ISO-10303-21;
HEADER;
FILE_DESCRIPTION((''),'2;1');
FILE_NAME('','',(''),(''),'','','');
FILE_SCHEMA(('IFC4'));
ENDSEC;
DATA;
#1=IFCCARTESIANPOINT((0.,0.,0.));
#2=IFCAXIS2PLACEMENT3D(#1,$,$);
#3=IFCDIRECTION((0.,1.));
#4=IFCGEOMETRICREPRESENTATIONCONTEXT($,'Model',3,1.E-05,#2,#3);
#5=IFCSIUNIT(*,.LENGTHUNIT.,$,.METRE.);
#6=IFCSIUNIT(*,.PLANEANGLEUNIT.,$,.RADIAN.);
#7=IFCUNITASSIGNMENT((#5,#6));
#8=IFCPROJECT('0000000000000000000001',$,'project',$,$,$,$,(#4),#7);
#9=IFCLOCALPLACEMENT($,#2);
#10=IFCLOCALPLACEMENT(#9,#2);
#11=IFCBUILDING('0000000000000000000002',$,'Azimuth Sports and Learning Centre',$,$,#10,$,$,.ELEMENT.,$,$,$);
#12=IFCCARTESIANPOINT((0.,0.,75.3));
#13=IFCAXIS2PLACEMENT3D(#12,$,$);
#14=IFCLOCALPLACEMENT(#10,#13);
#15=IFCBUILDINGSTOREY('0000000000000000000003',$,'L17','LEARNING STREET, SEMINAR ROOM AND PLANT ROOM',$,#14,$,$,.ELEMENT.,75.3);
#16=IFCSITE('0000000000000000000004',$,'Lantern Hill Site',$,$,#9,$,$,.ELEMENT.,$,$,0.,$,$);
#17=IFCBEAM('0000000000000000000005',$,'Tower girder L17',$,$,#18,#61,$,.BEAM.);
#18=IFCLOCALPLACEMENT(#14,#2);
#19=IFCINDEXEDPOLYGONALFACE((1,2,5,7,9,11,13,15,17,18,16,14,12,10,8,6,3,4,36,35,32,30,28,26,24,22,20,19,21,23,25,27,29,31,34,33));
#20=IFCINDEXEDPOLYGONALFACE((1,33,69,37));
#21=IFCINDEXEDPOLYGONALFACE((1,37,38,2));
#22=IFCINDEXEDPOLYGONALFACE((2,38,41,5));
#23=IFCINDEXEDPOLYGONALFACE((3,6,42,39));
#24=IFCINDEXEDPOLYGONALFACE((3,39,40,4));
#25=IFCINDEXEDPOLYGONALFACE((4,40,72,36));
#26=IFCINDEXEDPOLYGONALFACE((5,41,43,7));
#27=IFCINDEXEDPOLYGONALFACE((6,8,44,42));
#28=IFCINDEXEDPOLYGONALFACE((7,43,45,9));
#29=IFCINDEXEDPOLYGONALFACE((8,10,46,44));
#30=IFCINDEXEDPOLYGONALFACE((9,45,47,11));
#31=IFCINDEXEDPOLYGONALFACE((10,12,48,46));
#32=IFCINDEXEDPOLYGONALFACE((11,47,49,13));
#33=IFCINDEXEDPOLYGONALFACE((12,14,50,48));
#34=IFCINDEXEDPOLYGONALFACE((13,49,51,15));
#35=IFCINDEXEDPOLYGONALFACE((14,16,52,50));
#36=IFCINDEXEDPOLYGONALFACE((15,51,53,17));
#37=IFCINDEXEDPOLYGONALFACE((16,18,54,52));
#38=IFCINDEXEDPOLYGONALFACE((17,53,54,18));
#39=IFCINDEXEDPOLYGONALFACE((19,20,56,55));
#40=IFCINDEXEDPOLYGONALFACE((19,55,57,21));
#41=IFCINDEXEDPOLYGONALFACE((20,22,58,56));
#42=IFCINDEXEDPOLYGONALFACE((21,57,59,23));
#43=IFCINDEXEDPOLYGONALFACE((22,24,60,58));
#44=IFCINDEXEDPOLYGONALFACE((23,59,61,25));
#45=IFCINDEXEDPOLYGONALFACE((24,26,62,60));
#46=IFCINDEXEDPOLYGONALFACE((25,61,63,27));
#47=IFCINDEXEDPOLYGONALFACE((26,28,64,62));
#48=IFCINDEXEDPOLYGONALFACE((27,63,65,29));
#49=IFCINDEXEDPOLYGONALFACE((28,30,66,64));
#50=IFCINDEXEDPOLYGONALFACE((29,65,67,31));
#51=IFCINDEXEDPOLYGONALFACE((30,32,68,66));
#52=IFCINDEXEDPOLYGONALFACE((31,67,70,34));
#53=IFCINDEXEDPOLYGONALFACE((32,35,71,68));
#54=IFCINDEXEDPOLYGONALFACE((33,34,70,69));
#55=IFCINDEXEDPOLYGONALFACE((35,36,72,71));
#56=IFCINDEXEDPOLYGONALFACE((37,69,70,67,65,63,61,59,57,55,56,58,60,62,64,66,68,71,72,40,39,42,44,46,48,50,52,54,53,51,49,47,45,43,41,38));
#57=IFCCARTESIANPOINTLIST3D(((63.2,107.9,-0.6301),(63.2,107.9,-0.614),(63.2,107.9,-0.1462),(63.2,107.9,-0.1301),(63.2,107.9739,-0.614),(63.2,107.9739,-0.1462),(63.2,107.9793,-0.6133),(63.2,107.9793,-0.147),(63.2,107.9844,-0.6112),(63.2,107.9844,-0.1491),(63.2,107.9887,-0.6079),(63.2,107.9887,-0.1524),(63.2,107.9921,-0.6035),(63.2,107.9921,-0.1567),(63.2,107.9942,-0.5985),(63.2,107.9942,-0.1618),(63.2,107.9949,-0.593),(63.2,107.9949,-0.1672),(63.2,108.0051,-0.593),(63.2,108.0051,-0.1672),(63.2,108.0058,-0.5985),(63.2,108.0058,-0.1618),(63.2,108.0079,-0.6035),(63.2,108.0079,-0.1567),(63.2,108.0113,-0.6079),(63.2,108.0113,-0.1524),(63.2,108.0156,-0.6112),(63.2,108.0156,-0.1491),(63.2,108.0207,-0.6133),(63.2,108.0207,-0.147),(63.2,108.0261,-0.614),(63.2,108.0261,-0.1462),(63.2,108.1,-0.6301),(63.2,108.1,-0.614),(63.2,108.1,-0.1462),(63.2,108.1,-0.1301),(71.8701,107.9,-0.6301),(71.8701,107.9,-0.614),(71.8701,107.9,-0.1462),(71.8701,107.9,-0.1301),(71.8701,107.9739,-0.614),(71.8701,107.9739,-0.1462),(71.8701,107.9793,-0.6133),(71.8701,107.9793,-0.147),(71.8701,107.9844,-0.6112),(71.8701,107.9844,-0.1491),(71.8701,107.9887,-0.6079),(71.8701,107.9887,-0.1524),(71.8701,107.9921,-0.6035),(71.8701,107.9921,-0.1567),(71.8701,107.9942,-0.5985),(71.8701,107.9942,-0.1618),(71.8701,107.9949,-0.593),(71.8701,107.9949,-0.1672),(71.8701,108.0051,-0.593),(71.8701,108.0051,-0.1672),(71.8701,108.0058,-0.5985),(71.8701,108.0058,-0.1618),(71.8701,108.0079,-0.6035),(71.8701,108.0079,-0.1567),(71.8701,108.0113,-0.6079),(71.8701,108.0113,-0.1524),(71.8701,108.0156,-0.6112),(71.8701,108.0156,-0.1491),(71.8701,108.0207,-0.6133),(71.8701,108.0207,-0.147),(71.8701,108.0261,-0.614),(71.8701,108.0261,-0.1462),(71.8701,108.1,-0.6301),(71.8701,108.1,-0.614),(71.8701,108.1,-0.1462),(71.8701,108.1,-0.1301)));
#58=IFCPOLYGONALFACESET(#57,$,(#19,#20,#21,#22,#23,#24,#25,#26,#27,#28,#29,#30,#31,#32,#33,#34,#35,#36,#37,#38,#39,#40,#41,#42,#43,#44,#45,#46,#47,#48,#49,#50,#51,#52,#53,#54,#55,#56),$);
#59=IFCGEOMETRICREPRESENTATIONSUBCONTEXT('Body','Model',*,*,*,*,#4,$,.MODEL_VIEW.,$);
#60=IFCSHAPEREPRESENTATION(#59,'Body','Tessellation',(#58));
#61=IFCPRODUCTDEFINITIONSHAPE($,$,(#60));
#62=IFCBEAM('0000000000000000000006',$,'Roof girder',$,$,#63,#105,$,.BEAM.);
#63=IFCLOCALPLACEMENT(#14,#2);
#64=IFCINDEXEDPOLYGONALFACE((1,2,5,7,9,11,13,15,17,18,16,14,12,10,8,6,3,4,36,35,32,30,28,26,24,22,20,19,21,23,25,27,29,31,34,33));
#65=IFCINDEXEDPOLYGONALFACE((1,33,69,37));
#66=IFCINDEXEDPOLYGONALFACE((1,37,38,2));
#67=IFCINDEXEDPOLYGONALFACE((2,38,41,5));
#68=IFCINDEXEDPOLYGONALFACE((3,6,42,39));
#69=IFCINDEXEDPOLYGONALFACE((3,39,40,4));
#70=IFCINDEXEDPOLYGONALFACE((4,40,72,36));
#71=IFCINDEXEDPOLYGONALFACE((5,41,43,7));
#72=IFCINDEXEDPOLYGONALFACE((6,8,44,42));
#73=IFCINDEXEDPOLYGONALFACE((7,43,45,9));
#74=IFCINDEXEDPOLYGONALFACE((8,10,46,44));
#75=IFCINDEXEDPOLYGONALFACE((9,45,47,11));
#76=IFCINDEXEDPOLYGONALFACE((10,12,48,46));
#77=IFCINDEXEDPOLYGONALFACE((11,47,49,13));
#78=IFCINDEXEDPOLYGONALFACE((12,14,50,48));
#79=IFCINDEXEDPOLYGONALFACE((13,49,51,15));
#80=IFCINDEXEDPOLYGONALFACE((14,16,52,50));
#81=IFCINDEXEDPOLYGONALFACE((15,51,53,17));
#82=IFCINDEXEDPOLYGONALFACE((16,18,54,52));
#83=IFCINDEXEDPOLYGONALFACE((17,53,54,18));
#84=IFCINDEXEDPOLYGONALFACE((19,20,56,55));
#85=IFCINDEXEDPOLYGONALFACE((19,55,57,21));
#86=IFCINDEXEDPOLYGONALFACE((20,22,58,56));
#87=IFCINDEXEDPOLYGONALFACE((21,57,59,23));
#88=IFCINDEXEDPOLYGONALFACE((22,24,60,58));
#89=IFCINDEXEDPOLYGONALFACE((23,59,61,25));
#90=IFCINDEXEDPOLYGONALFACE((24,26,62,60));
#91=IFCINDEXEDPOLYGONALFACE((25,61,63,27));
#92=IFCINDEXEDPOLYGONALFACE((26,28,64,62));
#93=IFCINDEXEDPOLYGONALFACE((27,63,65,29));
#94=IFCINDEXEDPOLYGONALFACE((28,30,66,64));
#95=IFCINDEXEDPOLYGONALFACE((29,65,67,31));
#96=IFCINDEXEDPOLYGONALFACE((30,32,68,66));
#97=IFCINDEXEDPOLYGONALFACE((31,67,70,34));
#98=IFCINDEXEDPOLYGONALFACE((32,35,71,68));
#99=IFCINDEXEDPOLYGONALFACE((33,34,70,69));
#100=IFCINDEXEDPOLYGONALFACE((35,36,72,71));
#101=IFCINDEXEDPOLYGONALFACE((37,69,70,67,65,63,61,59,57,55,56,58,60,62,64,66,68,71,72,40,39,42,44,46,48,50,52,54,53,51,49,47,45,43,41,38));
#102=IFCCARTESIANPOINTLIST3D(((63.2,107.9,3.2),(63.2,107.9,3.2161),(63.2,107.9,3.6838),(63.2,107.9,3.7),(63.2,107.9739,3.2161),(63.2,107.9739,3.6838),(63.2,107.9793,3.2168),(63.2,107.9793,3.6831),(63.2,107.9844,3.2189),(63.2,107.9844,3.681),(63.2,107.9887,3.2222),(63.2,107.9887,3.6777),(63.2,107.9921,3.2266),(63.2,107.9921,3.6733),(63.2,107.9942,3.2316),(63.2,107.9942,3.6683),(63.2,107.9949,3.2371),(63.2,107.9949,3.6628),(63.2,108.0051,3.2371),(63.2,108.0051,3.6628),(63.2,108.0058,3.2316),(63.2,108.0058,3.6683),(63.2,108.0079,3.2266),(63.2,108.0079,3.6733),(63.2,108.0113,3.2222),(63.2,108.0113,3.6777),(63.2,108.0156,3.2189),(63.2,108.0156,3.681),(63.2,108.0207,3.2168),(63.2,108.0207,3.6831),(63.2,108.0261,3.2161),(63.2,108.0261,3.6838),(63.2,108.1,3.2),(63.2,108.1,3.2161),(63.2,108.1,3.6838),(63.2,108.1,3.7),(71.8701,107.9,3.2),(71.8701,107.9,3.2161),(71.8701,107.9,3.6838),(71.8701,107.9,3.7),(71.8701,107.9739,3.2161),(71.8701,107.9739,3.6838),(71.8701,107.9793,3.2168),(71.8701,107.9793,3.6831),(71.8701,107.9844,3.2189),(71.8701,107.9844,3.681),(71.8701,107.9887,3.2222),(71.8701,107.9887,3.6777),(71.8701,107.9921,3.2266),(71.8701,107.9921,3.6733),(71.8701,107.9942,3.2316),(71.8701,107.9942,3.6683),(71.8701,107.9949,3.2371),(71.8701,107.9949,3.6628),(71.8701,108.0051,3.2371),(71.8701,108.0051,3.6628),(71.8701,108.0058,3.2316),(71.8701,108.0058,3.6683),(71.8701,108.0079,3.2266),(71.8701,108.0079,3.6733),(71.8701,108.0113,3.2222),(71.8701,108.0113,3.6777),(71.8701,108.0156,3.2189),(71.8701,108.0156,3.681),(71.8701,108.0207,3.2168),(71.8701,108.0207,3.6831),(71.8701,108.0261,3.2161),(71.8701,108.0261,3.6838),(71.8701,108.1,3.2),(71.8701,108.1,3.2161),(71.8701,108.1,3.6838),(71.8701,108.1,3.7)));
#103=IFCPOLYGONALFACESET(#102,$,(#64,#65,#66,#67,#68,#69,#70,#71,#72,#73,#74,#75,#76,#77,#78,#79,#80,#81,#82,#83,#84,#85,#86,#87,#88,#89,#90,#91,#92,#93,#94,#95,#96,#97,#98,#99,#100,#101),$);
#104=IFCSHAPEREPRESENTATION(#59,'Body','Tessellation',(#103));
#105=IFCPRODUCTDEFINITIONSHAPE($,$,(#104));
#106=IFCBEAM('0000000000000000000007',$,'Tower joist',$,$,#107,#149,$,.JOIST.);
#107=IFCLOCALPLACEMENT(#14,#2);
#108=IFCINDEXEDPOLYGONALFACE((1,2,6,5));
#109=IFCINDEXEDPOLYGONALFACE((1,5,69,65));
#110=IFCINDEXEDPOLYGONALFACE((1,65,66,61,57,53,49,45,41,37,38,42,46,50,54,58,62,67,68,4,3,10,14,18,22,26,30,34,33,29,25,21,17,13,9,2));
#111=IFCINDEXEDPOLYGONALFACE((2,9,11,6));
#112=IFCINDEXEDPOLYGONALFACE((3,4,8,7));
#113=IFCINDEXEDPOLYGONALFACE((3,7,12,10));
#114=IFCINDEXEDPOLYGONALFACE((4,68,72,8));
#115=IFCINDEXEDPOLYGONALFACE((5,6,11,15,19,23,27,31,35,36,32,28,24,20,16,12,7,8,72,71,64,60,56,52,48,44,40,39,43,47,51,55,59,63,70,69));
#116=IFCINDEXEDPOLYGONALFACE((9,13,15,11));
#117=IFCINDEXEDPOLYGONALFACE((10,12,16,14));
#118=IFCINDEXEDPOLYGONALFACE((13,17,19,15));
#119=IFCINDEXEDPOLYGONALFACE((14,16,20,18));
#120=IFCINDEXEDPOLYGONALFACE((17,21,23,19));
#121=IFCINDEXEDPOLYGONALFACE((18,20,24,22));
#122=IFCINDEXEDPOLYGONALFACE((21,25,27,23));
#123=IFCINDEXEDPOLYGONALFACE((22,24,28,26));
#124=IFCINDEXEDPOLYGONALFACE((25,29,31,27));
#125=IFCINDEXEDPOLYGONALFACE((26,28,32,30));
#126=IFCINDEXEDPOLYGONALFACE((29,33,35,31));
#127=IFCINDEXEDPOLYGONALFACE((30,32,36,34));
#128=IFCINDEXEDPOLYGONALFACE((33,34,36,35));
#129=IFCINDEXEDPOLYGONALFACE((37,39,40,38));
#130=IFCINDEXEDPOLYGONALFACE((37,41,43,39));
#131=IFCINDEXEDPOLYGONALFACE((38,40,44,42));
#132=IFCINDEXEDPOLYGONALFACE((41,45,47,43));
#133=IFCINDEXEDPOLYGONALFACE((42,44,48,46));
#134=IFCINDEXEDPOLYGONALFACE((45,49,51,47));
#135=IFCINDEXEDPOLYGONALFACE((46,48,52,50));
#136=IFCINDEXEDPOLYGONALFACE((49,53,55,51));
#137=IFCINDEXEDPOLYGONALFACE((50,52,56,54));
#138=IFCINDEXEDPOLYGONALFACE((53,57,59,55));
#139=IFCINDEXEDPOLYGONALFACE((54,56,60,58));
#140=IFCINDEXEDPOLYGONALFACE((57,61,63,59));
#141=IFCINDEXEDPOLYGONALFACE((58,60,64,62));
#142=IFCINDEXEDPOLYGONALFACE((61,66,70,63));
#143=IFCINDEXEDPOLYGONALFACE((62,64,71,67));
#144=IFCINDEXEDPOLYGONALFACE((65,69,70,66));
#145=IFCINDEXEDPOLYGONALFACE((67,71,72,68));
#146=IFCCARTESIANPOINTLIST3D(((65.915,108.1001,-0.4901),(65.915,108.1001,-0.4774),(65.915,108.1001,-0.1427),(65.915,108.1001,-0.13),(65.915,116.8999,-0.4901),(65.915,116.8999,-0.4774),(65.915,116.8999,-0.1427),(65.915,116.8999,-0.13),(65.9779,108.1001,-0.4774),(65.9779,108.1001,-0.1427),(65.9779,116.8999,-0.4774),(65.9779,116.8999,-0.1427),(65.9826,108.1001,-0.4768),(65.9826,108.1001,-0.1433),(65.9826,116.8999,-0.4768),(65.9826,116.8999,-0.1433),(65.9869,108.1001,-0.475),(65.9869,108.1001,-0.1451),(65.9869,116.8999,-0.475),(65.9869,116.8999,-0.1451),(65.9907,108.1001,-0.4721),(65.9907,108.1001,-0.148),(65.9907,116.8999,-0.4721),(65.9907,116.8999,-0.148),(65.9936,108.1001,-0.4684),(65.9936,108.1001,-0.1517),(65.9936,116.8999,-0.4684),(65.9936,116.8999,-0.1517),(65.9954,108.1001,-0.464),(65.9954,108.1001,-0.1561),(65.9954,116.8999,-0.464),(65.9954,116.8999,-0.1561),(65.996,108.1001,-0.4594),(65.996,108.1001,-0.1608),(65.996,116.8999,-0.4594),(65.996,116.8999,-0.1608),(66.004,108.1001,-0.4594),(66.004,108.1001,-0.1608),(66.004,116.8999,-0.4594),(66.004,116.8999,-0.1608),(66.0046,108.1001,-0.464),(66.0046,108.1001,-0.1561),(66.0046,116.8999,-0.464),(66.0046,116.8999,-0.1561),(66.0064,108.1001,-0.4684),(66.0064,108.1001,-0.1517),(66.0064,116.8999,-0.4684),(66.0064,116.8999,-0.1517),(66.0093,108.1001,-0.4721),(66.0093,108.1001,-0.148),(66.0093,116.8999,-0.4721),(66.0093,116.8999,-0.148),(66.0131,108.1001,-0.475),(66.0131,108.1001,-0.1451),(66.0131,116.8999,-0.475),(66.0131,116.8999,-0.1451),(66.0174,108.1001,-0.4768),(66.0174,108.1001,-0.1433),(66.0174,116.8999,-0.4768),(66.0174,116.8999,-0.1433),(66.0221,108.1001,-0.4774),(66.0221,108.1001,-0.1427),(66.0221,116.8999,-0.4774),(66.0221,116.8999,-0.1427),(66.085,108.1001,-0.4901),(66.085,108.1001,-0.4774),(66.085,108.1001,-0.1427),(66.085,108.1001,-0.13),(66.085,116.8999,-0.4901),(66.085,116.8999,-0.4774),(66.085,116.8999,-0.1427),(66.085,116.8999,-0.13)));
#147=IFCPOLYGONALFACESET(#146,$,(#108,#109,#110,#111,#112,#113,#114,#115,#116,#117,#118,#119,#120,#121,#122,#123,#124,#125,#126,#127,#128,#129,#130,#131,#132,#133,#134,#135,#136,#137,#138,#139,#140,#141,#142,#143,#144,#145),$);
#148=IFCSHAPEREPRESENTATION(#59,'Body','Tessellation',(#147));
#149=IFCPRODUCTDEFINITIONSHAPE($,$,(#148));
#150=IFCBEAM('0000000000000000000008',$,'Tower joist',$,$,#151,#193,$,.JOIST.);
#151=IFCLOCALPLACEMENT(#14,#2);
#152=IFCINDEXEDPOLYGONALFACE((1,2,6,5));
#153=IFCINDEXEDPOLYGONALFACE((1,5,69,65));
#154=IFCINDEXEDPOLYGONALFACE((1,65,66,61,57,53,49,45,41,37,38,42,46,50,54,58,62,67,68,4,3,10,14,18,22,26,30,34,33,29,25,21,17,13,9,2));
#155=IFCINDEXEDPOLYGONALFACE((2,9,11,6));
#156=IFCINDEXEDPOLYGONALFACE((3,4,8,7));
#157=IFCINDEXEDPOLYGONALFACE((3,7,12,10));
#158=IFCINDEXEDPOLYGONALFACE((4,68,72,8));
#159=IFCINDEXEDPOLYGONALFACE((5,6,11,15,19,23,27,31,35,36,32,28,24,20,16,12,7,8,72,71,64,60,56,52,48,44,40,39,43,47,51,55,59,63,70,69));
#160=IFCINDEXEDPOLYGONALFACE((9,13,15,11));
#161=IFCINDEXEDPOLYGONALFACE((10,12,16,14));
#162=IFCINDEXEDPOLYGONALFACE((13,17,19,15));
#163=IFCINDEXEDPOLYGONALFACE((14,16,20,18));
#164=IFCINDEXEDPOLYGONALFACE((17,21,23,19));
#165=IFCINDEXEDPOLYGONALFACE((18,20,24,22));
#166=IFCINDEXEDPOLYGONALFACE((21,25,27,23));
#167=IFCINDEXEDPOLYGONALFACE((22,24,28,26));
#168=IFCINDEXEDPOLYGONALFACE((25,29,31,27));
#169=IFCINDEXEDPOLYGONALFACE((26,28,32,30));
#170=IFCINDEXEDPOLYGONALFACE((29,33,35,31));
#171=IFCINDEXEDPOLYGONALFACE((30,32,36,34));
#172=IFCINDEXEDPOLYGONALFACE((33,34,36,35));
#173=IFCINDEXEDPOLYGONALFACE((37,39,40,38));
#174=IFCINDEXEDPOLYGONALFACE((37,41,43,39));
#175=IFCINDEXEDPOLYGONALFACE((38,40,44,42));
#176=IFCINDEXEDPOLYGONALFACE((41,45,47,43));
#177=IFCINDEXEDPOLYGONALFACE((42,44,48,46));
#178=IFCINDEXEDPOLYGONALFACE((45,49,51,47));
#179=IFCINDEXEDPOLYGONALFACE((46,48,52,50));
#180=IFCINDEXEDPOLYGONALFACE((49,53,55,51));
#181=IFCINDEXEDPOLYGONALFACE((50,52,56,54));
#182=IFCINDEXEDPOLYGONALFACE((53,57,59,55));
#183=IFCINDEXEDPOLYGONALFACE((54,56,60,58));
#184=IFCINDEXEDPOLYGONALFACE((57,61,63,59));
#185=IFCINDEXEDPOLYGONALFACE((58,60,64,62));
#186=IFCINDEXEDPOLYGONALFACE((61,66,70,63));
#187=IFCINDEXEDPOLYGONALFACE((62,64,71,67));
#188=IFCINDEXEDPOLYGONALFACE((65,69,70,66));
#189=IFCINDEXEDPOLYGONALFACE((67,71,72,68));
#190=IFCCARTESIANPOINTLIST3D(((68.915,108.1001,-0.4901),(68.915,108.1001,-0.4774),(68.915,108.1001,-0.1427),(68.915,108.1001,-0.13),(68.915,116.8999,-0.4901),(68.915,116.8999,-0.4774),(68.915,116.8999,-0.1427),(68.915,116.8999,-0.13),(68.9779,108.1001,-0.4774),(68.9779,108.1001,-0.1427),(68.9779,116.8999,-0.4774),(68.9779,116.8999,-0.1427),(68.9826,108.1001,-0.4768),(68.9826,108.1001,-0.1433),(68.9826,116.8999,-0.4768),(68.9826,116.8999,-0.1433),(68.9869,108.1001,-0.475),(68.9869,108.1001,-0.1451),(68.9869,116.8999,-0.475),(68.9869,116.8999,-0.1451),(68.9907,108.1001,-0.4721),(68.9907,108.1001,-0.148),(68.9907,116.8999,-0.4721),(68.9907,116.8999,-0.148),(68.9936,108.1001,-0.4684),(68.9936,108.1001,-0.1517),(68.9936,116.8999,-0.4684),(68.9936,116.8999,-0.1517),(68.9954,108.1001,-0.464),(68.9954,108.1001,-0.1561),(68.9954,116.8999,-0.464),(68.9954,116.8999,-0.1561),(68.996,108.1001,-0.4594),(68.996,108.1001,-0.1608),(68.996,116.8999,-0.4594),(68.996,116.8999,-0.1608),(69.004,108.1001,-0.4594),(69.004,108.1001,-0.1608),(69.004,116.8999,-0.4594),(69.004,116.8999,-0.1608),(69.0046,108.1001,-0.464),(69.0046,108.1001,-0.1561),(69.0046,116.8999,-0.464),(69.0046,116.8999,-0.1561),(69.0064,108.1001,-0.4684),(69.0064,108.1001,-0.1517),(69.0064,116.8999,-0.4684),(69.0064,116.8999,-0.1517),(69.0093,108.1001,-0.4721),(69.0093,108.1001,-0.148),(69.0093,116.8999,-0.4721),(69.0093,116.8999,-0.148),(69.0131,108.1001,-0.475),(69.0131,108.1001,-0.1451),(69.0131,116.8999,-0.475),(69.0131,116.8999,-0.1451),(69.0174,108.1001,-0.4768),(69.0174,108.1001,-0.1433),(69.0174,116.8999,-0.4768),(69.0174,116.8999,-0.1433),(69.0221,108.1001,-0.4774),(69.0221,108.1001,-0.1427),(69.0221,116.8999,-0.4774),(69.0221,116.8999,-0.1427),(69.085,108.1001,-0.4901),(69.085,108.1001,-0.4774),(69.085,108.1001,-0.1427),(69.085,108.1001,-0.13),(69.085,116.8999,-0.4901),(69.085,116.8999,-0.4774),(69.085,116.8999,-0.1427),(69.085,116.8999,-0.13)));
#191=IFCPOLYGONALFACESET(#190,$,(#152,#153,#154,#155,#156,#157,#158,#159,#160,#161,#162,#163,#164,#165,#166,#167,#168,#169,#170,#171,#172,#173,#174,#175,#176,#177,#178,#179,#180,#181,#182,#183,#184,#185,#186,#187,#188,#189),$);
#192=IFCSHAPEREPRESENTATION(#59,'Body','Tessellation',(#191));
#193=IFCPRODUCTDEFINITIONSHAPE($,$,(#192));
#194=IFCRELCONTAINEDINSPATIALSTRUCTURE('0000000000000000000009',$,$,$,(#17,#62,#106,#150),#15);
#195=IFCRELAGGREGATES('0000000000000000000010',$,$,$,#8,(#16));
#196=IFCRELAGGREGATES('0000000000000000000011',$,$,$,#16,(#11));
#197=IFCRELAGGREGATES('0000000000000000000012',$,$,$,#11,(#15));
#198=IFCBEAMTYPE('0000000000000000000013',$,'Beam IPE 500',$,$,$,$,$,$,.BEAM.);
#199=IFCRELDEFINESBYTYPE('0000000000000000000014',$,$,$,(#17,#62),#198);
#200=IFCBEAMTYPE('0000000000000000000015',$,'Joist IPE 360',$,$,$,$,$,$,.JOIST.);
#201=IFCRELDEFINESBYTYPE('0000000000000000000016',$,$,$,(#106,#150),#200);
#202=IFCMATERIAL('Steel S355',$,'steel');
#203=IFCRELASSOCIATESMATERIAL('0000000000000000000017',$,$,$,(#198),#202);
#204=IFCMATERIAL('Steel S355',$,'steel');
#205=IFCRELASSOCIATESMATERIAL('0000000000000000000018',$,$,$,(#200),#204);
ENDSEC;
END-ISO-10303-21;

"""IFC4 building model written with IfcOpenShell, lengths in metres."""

from ifc_helpers import new_model, si_unit, direction, frame, origin, origin_2d, place, context, subcontext, project, spatial, i_section, extrude, material, material_profile, profile_set, type_object, element, save


model = new_model("IFC4")

# Units and contexts
model_context = context("Model", 3, precision=1e-05, world=origin(), true_north=direction((0.0, 1.0)))
body_context = subcontext(model_context, "Body", "Model", "MODEL_VIEW")
ifc_project = project(units=[si_unit("LENGTHUNIT", "METRE"), si_unit("PLANEANGLEUNIT", "RADIAN")], contexts=[model_context])

# Site, building, storey
site_placement = place(None, origin())
site = spatial("IfcSite", under=ifc_project, at=site_placement, Name="Lantern Hill Site", CompositionType="ELEMENT", RefElevation=0.0)
building_placement = place(site_placement, origin())
building = spatial("IfcBuilding", under=site, at=building_placement, Name="Azimuth Sports and Learning Centre", CompositionType="ELEMENT")
storey_placement = place(building_placement, frame((0.0, 0.0, 75.3)))
storey = spatial("IfcBuildingStorey", under=building, at=storey_placement, Name="L17", Description="LEARNING STREET, SEMINAR ROOM AND PLANT ROOM", CompositionType="ELEMENT", Elevation=75.3)

# Beams
ifc_material_1 = material(Name="Steel S355", Category="steel")
ifc_material_profile_1 = material_profile(ifc_material_1, i_section(OverallWidth=0.2, OverallDepth=0.5, WebThickness=0.0103, FlangeThickness=0.0161, FilletRadius=0.021, at=origin_2d()), Name="IPE 500")
ifc_profile_set_1 = profile_set([ifc_material_profile_1], Name="Steel S355")
beam_type_1 = type_object("IfcBeamType", Name="Beam IPE 500", PredefinedType="BEAM", material=ifc_profile_set_1)
for number, where, z_axis, x_axis, name in (
    (1, (63.2, 108.0, -0.3801), (1.0, 0.0, 0.0), (0.0, 1.0, 0.0), "Tower girder L17"),
    (2, (63.2, 108.0, 3.45), (1.0, 0.0, 0.0), (0.0, 1.0, 0.0), "Roof girder"),
):
    element("IfcBeam", number, at=place(storey_placement, frame(where, z_axis=z_axis, x_axis=x_axis)), inside=storey, type_object=beam_type_1, Name=name, PredefinedType="BEAM", context=body_context, shape_type="SweptSolid", body=[
        extrude(i_section(OverallWidth=0.2, OverallDepth=0.5, WebThickness=0.0103, FlangeThickness=0.0161, FilletRadius=0.021, at=origin_2d()), origin(), (0.0, 0.0, 1.0), 8.6702),
    ])
ifc_material_2 = material(Name="Steel S355", Category="steel")
ifc_material_profile_2 = material_profile(ifc_material_2, i_section(OverallWidth=0.1699, OverallDepth=0.3601, WebThickness=0.0081, FlangeThickness=0.0127, FilletRadius=0.0181, at=origin_2d()), Name="IPE 360")
ifc_profile_set_2 = profile_set([ifc_material_profile_2], Name="Steel S355")
beam_type_2 = type_object("IfcBeamType", Name="Joist IPE 360", PredefinedType="JOIST", material=ifc_profile_set_2)
for number, where, z_axis, x_axis, name in (
    (3, (66.0, 108.1001, -0.3101), (0.0, 1.0, 0.0), (-1.0, 0.0, 0.0), "Tower joist"),
    (4, (69.0, 108.1001, -0.3101), (0.0, 1.0, 0.0), (-1.0, 0.0, 0.0), "Tower joist"),
):
    element("IfcBeam", number, at=place(storey_placement, frame(where, z_axis=z_axis, x_axis=x_axis)), inside=storey, type_object=beam_type_2, Name=name, PredefinedType="JOIST", context=body_context, shape_type="SweptSolid", body=[
        extrude(i_section(OverallWidth=0.1699, OverallDepth=0.3601, WebThickness=0.0081, FlangeThickness=0.0127, FilletRadius=0.0181, at=origin_2d()), origin(), (0.0, 0.0, 1.0), 8.7998),
    ])

save(model, "model.ifc")
